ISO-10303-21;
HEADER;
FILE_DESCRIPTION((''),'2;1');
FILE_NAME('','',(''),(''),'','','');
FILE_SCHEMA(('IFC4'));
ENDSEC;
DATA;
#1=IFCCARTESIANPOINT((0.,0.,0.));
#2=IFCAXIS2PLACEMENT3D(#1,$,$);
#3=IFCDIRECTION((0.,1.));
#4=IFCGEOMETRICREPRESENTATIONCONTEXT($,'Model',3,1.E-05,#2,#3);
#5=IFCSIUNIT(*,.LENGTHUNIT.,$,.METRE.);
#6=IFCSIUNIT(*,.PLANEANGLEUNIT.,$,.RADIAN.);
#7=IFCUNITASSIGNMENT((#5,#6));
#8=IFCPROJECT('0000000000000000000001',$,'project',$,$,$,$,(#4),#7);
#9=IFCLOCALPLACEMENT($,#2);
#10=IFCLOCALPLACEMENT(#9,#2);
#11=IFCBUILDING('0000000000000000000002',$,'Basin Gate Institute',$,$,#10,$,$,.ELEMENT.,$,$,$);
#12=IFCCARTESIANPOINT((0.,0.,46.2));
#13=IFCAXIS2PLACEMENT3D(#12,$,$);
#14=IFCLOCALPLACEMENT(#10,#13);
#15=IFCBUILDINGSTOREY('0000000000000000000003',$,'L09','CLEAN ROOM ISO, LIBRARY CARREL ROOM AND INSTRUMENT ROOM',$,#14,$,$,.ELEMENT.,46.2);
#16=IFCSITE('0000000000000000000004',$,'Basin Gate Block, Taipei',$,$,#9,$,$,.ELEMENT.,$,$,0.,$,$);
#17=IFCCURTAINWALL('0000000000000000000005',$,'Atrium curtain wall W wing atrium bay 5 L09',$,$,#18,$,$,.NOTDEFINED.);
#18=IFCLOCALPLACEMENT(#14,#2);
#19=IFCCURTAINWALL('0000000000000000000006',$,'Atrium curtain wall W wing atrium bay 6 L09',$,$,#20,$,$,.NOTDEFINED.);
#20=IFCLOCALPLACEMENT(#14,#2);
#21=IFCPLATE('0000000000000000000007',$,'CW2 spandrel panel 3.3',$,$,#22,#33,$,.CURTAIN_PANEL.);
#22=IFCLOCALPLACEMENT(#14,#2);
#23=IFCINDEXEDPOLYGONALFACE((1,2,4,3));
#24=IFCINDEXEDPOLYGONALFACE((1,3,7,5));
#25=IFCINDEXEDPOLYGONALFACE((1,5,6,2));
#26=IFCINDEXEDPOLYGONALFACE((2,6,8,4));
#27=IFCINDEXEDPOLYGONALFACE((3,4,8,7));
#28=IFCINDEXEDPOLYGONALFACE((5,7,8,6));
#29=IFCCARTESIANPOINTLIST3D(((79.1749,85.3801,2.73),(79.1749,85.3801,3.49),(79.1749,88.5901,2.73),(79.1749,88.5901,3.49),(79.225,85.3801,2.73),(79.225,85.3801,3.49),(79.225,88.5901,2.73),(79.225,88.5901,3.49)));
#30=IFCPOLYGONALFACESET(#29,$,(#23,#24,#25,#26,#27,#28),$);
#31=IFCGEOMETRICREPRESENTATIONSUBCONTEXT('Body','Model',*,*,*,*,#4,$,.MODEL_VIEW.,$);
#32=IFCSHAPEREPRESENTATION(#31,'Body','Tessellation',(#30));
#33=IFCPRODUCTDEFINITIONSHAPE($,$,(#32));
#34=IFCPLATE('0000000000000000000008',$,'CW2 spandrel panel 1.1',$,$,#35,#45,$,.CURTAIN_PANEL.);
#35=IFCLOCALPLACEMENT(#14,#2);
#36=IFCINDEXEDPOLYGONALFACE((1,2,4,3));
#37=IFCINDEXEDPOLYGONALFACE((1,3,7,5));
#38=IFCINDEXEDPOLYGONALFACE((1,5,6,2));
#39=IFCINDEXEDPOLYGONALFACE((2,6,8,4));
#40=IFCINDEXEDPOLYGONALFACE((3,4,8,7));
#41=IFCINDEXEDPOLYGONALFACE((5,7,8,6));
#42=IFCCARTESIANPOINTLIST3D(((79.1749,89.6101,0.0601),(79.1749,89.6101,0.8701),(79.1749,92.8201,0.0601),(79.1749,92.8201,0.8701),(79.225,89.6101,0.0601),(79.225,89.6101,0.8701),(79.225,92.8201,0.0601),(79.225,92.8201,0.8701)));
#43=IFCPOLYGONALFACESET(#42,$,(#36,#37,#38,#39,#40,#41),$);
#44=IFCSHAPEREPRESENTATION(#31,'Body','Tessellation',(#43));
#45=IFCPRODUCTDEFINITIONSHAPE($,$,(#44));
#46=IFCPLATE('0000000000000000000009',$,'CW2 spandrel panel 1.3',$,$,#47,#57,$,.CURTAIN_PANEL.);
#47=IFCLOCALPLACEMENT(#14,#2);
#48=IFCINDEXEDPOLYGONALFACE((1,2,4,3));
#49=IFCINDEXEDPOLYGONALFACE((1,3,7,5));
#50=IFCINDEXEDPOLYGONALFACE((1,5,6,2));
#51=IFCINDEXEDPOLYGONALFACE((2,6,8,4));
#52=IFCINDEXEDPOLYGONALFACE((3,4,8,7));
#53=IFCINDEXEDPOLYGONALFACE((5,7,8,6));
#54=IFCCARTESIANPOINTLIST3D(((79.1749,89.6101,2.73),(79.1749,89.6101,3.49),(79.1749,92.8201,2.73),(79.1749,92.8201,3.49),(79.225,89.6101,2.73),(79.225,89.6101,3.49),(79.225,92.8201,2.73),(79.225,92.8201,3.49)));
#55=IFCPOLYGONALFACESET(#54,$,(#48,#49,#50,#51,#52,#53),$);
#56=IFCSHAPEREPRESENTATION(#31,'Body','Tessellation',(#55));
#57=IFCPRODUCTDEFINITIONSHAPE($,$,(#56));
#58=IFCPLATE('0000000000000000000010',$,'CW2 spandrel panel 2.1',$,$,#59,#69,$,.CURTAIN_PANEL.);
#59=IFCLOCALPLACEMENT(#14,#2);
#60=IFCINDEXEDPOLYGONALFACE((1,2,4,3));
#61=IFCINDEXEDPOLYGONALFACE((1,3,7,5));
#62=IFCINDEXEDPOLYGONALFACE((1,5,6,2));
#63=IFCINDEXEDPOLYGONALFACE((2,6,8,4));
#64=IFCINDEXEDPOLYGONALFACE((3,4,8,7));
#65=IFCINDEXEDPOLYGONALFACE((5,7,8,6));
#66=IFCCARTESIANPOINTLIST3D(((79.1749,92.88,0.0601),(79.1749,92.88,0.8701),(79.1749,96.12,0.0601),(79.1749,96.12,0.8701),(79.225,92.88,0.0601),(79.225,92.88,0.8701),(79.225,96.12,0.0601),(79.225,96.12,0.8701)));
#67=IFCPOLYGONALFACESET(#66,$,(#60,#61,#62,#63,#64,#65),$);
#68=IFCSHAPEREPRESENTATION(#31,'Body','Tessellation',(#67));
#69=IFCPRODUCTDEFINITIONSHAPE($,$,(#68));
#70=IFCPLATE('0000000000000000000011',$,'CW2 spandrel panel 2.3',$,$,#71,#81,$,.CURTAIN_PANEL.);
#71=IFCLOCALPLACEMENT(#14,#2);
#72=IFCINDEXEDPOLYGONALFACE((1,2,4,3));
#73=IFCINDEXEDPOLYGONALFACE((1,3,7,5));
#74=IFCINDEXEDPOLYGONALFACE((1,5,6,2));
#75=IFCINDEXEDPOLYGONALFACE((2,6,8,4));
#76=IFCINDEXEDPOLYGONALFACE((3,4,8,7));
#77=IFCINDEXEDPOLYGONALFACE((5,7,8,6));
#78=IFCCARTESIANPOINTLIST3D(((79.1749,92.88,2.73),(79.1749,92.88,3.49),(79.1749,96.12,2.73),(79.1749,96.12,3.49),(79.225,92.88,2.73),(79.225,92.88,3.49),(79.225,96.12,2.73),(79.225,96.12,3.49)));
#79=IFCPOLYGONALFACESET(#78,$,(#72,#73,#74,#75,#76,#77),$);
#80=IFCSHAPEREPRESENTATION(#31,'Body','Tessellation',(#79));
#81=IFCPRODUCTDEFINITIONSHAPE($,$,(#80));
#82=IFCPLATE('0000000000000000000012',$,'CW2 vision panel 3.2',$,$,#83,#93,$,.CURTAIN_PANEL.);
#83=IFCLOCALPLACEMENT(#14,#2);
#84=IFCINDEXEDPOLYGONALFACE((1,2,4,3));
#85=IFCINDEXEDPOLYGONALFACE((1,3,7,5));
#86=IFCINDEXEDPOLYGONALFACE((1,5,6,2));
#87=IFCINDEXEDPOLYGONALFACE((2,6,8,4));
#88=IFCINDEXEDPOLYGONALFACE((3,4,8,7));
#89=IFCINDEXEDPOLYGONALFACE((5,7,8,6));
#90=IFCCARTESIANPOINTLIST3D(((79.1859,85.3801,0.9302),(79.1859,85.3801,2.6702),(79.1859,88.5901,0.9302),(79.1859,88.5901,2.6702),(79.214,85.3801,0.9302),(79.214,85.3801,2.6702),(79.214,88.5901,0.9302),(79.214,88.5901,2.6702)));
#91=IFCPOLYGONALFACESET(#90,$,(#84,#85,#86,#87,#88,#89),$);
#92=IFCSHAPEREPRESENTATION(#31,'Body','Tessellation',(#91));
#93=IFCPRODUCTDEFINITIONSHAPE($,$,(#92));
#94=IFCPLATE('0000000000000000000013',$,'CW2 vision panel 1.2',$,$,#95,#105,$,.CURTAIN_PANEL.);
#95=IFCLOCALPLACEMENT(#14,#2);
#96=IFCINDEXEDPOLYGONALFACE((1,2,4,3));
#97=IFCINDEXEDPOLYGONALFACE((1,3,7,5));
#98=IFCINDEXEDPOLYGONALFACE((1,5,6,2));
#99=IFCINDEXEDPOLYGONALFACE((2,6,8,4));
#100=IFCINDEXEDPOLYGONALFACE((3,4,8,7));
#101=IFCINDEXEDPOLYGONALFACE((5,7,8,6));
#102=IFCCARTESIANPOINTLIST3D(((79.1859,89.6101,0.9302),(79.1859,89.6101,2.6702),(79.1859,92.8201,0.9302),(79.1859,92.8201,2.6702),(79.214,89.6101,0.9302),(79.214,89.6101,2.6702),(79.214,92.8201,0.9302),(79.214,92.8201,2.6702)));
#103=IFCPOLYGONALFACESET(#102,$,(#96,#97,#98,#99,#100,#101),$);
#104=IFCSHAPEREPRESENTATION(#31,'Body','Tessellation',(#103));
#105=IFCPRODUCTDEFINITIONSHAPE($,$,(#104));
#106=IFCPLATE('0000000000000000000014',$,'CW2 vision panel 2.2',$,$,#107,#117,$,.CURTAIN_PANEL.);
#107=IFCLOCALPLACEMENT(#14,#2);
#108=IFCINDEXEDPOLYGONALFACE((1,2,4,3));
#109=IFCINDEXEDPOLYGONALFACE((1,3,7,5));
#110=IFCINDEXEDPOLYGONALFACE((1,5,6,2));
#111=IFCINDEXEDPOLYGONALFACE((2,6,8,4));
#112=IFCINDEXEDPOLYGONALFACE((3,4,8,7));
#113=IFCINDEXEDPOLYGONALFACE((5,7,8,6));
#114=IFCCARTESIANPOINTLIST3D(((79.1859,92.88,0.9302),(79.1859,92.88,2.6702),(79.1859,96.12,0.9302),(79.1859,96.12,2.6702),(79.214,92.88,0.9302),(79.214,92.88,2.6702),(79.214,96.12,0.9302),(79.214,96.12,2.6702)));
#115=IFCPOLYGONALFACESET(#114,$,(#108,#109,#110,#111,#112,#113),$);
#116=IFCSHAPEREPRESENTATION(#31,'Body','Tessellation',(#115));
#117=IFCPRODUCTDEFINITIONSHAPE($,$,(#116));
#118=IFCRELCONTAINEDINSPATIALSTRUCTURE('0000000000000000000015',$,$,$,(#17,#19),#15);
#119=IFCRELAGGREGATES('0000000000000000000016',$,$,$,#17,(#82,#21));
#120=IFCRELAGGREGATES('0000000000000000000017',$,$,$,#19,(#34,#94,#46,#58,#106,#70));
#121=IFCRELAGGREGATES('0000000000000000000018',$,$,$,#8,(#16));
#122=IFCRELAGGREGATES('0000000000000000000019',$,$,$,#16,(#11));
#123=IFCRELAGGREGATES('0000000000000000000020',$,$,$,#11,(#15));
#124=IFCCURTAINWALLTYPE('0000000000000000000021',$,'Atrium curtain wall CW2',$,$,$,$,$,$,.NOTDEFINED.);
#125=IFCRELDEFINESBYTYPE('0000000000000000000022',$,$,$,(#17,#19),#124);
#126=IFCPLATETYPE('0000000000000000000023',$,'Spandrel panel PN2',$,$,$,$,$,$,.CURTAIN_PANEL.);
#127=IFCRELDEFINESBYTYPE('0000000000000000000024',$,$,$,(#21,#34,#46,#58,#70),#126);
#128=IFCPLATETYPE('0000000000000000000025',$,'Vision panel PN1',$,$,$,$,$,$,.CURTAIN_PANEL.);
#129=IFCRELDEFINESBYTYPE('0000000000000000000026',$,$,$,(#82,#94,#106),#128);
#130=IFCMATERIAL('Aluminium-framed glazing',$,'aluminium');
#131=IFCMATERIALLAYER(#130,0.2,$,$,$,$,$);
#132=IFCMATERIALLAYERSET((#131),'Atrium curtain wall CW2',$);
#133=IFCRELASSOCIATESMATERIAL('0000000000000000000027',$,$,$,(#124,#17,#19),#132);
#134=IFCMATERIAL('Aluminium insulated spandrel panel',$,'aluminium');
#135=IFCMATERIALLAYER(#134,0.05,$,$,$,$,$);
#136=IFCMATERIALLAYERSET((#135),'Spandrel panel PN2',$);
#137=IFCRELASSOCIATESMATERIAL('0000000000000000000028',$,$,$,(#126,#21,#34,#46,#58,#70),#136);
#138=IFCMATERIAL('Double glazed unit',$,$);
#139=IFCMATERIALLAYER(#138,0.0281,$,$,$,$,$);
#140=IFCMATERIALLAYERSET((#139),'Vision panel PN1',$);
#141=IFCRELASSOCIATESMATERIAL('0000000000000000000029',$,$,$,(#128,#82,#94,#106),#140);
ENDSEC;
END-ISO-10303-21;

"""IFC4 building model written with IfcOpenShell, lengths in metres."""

from ifc_helpers import new_model, si_unit, direction, frame, origin, origin_2d, place, context, subcontext, project, spatial, rectangle, extrude, material, layer, layer_set, type_object, element, aggregate, save


model = new_model("IFC4")

# Units and contexts
model_context = context("Model", 3, precision=1e-05, world=origin(), true_north=direction((0.0, 1.0)))
body_context = subcontext(model_context, "Body", "Model", "MODEL_VIEW")
ifc_project = project(units=[si_unit("LENGTHUNIT", "METRE"), si_unit("PLANEANGLEUNIT", "RADIAN")], contexts=[model_context])

# Site, building, storey
site_placement = place(None, origin())
site = spatial("IfcSite", under=ifc_project, at=site_placement, Name="Basin Gate Block, Taipei", CompositionType="ELEMENT", RefElevation=0.0)
building_placement = place(site_placement, origin())
building = spatial("IfcBuilding", under=site, at=building_placement, Name="Basin Gate Institute", CompositionType="ELEMENT")
storey_placement = place(building_placement, frame((0.0, 0.0, 46.2)))
storey = spatial("IfcBuildingStorey", under=building, at=storey_placement, Name="L09", Description="CLEAN ROOM ISO, LIBRARY CARREL ROOM AND INSTRUMENT ROOM", CompositionType="ELEMENT", Elevation=46.2)

# Curtain wall
ifc_material_1 = material(Name="Aluminium-framed glazing", Category="aluminium")
ifc_layer_1 = layer(ifc_material_1, 0.2)
ifc_layer_set_1 = layer_set([ifc_layer_1], Name="Atrium curtain wall CW2")
curtain_wall_type = type_object("IfcCurtainWallType", Name="Atrium curtain wall CW2", PredefinedType="NOTDEFINED", material=ifc_layer_set_1)
curtain_wall_1_placement = place(storey_placement, origin())
curtain_wall_1 = element("IfcCurtainWall", 1, at=curtain_wall_1_placement, inside=storey, type_object=curtain_wall_type, material=ifc_layer_set_1, Name="Atrium curtain wall W wing atrium bay 5 L09", PredefinedType="NOTDEFINED")

# Curtain wall
curtain_wall_2_placement = place(storey_placement, origin())
curtain_wall_2 = element("IfcCurtainWall", 2, at=curtain_wall_2_placement, inside=storey, type_object=curtain_wall_type, material=ifc_layer_set_1, Name="Atrium curtain wall W wing atrium bay 6 L09", PredefinedType="NOTDEFINED")

# Plates
ifc_material_2 = material(Name="Aluminium insulated spandrel panel", Category="aluminium")
ifc_layer_2 = layer(ifc_material_2, 0.05)
ifc_layer_set_2 = layer_set([ifc_layer_2], Name="Spandrel panel PN2")
plate_type_1 = type_object("IfcPlateType", Name="Spandrel panel PN2", PredefinedType="CURTAIN_PANEL", material=ifc_layer_set_2)
plate_1_placement = place(storey_placement, frame((79.2, 86.9851, 2.73), z_axis=(0.0, 0.0, 1.0), x_axis=(0.0, 1.0, 0.0)))
plate_1 = element("IfcPlate", 3, at=plate_1_placement, type_object=plate_type_1, material=ifc_layer_set_2, Name="CW2 spandrel panel 3.3", PredefinedType="CURTAIN_PANEL", context=body_context, shape_type="SweptSolid", body=[
    extrude(rectangle(XDim=3.21, YDim=0.05, at=origin_2d()), origin(), (0.0, 0.0, 1.0), 0.76),
])
plate_2_placement = place(storey_placement, frame((79.2, 91.2151, 0.0601), z_axis=(0.0, 0.0, 1.0), x_axis=(0.0, 1.0, 0.0)))
plate_2 = element("IfcPlate", 4, at=plate_2_placement, type_object=plate_type_1, material=ifc_layer_set_2, Name="CW2 spandrel panel 1.1", PredefinedType="CURTAIN_PANEL", context=body_context, shape_type="SweptSolid", body=[
    extrude(rectangle(XDim=3.21, YDim=0.05, at=origin_2d()), origin(), (0.0, 0.0, 1.0), 0.8101),
])
plate_3_placement = place(storey_placement, frame((79.2, 91.2151, 2.73), z_axis=(0.0, 0.0, 1.0), x_axis=(0.0, 1.0, 0.0)))
plate_3 = element("IfcPlate", 5, at=plate_3_placement, type_object=plate_type_1, material=ifc_layer_set_2, Name="CW2 spandrel panel 1.3", PredefinedType="CURTAIN_PANEL", context=body_context, shape_type="SweptSolid", body=[
    extrude(rectangle(XDim=3.21, YDim=0.05, at=origin_2d()), origin(), (0.0, 0.0, 1.0), 0.76),
])
plate_4_placement = place(storey_placement, frame((79.2, 94.5, 0.0601), z_axis=(0.0, 0.0, 1.0), x_axis=(0.0, 1.0, 0.0)))
plate_4 = element("IfcPlate", 6, at=plate_4_placement, type_object=plate_type_1, material=ifc_layer_set_2, Name="CW2 spandrel panel 2.1", PredefinedType="CURTAIN_PANEL", context=body_context, shape_type="SweptSolid", body=[
    extrude(rectangle(XDim=3.24, YDim=0.05, at=origin_2d()), origin(), (0.0, 0.0, 1.0), 0.8101),
])
plate_5_placement = place(storey_placement, frame((79.2, 94.5, 2.73), z_axis=(0.0, 0.0, 1.0), x_axis=(0.0, 1.0, 0.0)))
plate_5 = element("IfcPlate", 7, at=plate_5_placement, type_object=plate_type_1, material=ifc_layer_set_2, Name="CW2 spandrel panel 2.3", PredefinedType="CURTAIN_PANEL", context=body_context, shape_type="SweptSolid", body=[
    extrude(rectangle(XDim=3.24, YDim=0.05, at=origin_2d()), origin(), (0.0, 0.0, 1.0), 0.76),
])
ifc_material_3 = material(Name="Double glazed unit")
ifc_layer_3 = layer(ifc_material_3, 0.0281)
ifc_layer_set_3 = layer_set([ifc_layer_3], Name="Vision panel PN1")
plate_type_2 = type_object("IfcPlateType", Name="Vision panel PN1", PredefinedType="CURTAIN_PANEL", material=ifc_layer_set_3)
plate_6_placement = place(storey_placement, frame((79.2, 86.9851, 0.9302), z_axis=(0.0, 0.0, 1.0), x_axis=(0.0, 1.0, 0.0)))
plate_6 = element("IfcPlate", 8, at=plate_6_placement, type_object=plate_type_2, material=ifc_layer_set_3, Name="CW2 vision panel 3.2", PredefinedType="CURTAIN_PANEL", context=body_context, shape_type="SweptSolid", body=[
    extrude(rectangle(XDim=3.21, YDim=0.0281, at=origin_2d()), origin(), (0.0, 0.0, 1.0), 1.74),
])
aggregate(curtain_wall_1, [plate_6, plate_1])
plate_7_placement = place(storey_placement, frame((79.2, 91.2151, 0.9302), z_axis=(0.0, 0.0, 1.0), x_axis=(0.0, 1.0, 0.0)))
plate_7 = element("IfcPlate", 9, at=plate_7_placement, type_object=plate_type_2, material=ifc_layer_set_3, Name="CW2 vision panel 1.2", PredefinedType="CURTAIN_PANEL", context=body_context, shape_type="SweptSolid", body=[
    extrude(rectangle(XDim=3.21, YDim=0.0281, at=origin_2d()), origin(), (0.0, 0.0, 1.0), 1.74),
])
plate_8_placement = place(storey_placement, frame((79.2, 94.5, 0.9302), z_axis=(0.0, 0.0, 1.0), x_axis=(0.0, 1.0, 0.0)))
plate_8 = element("IfcPlate", 10, at=plate_8_placement, type_object=plate_type_2, material=ifc_layer_set_3, Name="CW2 vision panel 2.2", PredefinedType="CURTAIN_PANEL", context=body_context, shape_type="SweptSolid", body=[
    extrude(rectangle(XDim=3.24, YDim=0.0281, at=origin_2d()), origin(), (0.0, 0.0, 1.0), 1.74),
])
aggregate(curtain_wall_2, [plate_2, plate_7, plate_3, plate_4, plate_8, plate_5])

save(model, "model.ifc")
